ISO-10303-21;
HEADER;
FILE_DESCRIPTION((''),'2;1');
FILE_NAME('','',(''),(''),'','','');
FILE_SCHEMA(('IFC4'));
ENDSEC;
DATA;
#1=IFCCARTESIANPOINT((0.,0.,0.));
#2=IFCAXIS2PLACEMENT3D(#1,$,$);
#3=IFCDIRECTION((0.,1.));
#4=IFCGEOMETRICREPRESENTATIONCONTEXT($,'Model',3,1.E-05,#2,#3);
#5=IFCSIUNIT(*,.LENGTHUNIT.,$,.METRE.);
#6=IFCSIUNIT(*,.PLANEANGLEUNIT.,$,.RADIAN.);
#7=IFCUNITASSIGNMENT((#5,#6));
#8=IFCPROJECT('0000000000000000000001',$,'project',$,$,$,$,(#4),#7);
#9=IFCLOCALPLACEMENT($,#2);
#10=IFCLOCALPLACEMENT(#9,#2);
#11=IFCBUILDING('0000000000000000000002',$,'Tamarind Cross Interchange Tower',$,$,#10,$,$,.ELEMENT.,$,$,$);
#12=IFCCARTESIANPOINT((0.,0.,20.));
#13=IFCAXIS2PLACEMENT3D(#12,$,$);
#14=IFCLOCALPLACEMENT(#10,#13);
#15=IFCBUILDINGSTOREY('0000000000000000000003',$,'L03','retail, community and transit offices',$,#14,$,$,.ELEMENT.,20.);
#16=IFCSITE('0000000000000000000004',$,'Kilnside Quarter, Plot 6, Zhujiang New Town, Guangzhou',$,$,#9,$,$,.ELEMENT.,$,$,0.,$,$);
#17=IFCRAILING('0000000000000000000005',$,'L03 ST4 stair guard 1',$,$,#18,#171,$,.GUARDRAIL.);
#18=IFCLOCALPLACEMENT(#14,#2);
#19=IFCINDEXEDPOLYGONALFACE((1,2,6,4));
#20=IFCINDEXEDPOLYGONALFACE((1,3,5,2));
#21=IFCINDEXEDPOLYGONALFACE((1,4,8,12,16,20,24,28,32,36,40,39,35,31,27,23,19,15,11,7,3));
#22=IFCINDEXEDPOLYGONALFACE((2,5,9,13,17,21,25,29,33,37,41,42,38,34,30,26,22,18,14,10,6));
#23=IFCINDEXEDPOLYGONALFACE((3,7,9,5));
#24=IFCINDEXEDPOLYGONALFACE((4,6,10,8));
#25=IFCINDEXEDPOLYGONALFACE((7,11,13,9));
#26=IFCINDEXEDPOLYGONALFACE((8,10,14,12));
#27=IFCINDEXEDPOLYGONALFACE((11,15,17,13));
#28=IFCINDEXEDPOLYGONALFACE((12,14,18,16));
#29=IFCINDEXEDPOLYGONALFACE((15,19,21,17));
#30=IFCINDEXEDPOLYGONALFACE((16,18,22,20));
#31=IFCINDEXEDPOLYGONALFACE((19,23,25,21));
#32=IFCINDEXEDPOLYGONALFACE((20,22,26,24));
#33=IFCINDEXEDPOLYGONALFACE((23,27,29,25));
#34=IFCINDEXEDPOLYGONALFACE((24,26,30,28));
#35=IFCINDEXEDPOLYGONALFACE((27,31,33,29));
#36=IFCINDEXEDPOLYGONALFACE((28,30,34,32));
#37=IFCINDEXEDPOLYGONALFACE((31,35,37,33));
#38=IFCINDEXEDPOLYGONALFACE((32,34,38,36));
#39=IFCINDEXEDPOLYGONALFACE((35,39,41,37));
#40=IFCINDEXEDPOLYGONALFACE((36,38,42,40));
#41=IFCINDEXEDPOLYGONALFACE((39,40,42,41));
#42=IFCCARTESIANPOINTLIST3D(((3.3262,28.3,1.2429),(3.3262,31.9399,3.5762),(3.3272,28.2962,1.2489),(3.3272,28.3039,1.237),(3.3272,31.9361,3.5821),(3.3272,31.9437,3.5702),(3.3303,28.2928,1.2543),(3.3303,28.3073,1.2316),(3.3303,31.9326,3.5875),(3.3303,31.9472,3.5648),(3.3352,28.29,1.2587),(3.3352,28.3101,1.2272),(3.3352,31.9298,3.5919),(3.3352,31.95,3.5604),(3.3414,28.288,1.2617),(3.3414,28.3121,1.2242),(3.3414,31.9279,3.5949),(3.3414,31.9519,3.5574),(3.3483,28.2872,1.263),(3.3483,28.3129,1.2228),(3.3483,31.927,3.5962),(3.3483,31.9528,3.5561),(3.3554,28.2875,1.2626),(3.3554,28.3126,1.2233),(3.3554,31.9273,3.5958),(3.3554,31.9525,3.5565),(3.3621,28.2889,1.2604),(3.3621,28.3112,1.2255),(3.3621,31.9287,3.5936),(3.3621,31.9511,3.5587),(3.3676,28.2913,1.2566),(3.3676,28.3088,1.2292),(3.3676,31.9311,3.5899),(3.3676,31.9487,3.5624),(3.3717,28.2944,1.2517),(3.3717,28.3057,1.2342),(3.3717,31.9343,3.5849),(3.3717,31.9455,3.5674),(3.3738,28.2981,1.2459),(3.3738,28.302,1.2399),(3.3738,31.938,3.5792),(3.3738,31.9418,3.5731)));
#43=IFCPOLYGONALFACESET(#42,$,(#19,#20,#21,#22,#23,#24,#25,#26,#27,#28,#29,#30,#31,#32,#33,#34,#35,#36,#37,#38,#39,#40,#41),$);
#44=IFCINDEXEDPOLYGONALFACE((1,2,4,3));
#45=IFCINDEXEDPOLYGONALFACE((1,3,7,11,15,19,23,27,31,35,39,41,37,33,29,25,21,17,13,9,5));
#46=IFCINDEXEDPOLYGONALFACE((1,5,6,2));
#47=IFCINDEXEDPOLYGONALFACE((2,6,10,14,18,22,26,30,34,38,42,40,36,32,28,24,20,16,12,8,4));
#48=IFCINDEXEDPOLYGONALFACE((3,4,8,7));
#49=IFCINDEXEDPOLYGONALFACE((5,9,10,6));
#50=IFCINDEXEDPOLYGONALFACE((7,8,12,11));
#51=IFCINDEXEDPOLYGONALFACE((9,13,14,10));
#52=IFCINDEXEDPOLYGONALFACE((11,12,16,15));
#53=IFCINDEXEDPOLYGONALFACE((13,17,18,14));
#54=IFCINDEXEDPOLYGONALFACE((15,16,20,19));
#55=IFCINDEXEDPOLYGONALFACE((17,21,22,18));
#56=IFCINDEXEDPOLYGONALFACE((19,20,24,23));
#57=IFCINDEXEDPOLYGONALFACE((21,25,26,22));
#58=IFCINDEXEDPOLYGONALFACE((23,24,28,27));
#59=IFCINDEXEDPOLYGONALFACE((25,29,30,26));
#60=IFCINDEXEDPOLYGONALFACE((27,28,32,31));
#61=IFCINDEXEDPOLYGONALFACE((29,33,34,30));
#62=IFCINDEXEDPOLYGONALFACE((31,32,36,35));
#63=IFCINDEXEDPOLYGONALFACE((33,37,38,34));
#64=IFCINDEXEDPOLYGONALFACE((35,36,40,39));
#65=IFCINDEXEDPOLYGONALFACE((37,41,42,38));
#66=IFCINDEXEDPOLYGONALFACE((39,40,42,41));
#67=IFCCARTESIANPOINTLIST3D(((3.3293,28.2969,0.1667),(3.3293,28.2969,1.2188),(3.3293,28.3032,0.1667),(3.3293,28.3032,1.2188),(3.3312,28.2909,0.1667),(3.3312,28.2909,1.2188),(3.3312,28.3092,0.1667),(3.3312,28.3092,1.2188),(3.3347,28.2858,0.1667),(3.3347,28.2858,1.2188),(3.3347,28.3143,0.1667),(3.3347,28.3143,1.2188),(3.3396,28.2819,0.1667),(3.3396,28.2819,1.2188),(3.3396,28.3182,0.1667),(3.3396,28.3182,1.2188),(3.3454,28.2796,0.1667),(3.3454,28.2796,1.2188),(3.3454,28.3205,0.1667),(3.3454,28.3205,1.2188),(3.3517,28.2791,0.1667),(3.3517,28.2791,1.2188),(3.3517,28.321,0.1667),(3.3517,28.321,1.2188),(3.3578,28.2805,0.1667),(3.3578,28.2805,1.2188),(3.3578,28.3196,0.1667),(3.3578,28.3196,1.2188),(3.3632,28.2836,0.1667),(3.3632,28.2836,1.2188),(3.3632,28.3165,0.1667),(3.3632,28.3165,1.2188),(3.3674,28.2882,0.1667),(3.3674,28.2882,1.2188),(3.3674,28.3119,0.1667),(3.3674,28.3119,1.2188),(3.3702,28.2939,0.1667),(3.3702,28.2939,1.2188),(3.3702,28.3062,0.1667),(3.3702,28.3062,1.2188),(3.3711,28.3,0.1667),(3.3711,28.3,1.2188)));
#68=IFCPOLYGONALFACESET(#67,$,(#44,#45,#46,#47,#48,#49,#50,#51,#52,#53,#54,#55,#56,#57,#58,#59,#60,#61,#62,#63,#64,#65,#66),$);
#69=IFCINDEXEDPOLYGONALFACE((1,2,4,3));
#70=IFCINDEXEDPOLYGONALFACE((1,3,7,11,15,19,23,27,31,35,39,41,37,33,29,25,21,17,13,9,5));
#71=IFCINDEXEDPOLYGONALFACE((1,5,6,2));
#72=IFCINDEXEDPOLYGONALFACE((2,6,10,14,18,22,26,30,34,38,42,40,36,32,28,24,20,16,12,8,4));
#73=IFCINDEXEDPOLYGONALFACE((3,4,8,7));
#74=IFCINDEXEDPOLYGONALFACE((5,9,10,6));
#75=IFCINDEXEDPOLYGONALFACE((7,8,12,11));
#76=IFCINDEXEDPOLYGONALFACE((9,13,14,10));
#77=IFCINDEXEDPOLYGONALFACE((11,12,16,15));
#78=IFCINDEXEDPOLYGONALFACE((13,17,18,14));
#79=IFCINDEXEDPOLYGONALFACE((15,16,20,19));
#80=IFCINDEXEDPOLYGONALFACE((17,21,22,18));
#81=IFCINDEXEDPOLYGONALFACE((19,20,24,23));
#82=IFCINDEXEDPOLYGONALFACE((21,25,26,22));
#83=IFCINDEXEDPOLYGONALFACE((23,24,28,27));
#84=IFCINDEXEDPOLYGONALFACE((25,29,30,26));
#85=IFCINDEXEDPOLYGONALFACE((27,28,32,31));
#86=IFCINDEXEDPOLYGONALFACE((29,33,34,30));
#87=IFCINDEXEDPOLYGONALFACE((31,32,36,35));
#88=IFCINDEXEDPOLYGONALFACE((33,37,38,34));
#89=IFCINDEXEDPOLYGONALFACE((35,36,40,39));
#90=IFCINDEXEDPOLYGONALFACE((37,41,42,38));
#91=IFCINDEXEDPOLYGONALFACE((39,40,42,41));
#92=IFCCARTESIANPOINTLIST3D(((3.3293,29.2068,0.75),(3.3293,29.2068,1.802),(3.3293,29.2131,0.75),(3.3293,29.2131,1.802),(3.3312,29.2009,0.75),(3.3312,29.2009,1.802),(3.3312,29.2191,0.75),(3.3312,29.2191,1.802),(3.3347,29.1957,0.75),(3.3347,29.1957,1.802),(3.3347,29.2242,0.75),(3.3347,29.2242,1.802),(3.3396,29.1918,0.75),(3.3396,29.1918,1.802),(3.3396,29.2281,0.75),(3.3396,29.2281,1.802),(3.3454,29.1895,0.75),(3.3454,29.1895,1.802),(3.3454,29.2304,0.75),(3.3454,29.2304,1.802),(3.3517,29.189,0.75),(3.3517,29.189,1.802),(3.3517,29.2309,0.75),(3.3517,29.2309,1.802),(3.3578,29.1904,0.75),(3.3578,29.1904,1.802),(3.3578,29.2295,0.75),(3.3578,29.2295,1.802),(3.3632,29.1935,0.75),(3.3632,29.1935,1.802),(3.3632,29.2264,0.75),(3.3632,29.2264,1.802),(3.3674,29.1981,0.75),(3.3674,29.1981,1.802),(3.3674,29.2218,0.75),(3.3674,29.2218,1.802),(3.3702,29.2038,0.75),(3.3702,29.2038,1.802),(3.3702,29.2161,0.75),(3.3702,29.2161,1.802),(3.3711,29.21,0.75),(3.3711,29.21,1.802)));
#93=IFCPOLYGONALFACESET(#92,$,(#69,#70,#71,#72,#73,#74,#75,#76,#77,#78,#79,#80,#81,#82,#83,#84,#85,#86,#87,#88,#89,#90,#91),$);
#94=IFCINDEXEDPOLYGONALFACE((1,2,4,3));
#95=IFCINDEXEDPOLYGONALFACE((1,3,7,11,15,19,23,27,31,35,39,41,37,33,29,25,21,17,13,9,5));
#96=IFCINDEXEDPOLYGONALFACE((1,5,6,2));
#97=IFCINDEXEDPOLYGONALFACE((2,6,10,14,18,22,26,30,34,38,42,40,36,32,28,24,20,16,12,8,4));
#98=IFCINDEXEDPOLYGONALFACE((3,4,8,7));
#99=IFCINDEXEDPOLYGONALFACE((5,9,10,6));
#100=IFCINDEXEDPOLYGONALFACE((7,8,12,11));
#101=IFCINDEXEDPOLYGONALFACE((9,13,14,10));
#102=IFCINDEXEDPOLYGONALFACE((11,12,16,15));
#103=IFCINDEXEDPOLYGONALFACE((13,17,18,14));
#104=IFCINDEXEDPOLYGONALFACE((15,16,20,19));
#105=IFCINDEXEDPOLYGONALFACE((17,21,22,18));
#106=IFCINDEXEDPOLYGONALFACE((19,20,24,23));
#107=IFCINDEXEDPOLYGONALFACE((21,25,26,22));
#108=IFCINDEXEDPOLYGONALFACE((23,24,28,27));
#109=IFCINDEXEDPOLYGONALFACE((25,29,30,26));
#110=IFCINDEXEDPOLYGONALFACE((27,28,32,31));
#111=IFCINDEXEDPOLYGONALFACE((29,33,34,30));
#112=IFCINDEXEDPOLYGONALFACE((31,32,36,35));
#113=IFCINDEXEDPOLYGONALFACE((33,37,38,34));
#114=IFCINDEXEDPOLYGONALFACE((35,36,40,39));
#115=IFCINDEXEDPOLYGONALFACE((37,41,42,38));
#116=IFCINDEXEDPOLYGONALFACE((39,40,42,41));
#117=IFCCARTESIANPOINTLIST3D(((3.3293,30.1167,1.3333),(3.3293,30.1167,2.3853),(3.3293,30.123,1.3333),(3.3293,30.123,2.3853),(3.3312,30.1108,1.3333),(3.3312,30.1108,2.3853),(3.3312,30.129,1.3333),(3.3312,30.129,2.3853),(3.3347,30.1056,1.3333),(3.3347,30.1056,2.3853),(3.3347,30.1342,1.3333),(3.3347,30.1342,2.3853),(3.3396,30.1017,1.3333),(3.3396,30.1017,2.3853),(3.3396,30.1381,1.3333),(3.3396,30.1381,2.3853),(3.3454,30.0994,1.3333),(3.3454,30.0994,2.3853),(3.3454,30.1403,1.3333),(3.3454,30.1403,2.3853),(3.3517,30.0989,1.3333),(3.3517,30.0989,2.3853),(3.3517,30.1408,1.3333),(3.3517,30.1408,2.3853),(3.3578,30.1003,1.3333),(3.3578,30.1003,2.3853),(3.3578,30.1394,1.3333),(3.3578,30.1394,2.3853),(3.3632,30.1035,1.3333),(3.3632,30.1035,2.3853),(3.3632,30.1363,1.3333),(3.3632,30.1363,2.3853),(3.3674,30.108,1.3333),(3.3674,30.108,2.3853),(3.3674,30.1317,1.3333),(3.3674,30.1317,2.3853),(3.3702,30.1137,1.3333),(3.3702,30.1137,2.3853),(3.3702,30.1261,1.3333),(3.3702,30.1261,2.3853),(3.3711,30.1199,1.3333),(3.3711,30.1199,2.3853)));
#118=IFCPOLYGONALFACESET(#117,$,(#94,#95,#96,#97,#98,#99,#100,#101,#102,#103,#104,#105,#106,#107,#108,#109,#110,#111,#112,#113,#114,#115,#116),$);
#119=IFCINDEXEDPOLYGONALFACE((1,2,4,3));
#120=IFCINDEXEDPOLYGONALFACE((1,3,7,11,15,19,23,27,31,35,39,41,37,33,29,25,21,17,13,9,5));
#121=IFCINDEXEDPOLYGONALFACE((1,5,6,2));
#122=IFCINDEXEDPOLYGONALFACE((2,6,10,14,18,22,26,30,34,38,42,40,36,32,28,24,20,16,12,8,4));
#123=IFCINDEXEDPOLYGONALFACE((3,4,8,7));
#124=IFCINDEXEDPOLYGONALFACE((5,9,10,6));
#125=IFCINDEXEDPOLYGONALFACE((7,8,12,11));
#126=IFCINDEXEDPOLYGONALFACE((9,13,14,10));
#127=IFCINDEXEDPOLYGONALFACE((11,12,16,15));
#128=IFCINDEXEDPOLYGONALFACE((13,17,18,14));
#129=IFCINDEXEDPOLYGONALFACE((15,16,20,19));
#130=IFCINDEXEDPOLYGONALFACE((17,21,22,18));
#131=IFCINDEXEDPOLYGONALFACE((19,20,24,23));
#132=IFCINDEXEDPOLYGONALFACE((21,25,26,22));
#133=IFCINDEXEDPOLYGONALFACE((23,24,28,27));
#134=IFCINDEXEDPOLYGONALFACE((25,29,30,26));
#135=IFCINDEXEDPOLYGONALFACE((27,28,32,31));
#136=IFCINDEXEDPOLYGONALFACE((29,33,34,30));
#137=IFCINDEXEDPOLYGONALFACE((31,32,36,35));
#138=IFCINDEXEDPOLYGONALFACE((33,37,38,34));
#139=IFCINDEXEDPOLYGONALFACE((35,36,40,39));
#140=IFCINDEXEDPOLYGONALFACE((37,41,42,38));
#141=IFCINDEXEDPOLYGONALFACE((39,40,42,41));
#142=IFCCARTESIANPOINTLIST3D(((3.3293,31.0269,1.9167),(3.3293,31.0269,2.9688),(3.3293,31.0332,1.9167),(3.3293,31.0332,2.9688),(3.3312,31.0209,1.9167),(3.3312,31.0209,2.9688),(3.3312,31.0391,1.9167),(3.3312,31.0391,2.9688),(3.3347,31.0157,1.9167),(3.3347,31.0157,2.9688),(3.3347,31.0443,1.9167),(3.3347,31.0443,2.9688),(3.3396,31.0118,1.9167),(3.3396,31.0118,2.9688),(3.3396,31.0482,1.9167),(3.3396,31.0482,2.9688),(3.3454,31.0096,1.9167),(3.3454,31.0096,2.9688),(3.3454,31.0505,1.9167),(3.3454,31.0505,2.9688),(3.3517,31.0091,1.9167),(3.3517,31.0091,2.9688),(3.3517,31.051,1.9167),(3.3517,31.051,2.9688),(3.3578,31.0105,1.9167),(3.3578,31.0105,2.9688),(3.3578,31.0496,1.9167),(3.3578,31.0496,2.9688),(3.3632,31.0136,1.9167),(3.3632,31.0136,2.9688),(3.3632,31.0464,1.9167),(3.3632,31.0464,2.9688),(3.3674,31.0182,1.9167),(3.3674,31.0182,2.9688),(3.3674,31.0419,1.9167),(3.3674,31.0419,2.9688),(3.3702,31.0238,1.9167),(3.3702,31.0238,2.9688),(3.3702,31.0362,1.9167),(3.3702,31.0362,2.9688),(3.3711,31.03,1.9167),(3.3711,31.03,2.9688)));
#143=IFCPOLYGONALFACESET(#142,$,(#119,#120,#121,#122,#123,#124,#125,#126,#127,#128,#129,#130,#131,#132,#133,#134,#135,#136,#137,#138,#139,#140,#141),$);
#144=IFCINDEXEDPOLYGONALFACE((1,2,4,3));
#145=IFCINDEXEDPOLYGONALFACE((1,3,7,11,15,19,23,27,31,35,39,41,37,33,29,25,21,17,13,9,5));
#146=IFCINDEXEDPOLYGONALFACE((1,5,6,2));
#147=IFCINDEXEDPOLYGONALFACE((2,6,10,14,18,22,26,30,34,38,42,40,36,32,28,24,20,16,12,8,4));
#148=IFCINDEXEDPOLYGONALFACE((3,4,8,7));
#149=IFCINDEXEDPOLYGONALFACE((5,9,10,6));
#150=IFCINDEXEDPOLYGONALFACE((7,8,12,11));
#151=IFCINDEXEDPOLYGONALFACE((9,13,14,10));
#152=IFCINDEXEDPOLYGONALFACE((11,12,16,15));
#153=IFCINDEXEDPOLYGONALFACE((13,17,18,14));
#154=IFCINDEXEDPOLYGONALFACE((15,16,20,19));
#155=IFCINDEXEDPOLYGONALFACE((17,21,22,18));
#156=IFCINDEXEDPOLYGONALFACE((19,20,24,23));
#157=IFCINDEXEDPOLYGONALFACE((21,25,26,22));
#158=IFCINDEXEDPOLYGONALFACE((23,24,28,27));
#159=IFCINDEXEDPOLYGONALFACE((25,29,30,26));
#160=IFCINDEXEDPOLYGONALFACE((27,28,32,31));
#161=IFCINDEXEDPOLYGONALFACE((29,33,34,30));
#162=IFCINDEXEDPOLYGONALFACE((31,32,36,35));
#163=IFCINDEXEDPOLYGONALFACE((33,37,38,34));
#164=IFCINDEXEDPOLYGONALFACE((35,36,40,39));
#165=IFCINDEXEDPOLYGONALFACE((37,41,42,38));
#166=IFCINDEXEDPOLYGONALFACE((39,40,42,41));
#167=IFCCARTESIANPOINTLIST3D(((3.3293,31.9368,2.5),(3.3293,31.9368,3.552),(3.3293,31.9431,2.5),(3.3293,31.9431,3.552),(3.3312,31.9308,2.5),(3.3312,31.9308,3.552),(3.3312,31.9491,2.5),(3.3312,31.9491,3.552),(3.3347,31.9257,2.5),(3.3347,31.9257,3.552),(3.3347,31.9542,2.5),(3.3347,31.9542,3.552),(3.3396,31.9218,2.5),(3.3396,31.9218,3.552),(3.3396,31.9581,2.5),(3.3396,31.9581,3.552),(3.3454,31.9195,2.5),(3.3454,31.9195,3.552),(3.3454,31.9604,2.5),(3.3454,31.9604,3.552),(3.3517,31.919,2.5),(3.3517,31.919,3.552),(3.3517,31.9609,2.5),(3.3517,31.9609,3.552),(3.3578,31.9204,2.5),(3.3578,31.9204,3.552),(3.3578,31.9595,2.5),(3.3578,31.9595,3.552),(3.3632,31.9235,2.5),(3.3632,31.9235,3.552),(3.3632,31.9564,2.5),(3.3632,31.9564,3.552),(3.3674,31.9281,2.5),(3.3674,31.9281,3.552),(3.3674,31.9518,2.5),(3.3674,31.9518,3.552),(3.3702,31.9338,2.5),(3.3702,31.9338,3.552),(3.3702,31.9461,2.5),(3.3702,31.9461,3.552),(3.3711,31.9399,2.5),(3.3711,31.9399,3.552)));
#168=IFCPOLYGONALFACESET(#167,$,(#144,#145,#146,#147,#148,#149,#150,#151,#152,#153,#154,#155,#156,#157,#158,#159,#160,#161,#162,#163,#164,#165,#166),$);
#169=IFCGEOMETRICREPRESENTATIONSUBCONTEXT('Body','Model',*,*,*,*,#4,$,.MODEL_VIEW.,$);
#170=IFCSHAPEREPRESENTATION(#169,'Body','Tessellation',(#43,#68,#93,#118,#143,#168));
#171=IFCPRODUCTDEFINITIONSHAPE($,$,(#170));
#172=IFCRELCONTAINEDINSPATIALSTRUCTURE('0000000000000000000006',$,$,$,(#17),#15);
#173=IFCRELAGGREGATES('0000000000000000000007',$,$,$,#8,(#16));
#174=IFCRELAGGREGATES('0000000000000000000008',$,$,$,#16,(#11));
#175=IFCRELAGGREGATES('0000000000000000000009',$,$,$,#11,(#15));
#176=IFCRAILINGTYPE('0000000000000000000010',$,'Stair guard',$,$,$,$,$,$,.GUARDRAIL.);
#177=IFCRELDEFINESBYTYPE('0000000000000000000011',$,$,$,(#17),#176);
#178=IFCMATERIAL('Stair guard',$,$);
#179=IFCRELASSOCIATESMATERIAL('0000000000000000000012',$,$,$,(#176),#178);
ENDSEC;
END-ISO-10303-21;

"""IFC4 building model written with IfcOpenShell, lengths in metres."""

from ifc_helpers import new_model, si_unit, direction, frame, origin, origin_2d, place, context, subcontext, project, spatial, circle, extrude, material, type_object, element, save


model = new_model("IFC4")

# Units and contexts
model_context = context("Model", 3, precision=1e-05, world=origin(), true_north=direction((0.0, 1.0)))
body_context = subcontext(model_context, "Body", "Model", "MODEL_VIEW")
ifc_project = project(units=[si_unit("LENGTHUNIT", "METRE"), si_unit("PLANEANGLEUNIT", "RADIAN")], contexts=[model_context])

# Site, building, storey
site_placement = place(None, origin())
site = spatial("IfcSite", under=ifc_project, at=site_placement, Name="Kilnside Quarter, Plot 6, Zhujiang New Town, Guangzhou", CompositionType="ELEMENT", RefElevation=0.0)
building_placement = place(site_placement, origin())
building = spatial("IfcBuilding", under=site, at=building_placement, Name="Tamarind Cross Interchange Tower", CompositionType="ELEMENT")
storey_placement = place(building_placement, frame((0.0, 0.0, 20.0)))
storey = spatial("IfcBuildingStorey", under=building, at=storey_placement, Name="L03", Description="retail, community and transit offices", CompositionType="ELEMENT", Elevation=20.0)

# Railing
ifc_material_1 = material(Name="Stair guard")
railing_type_1 = type_object("IfcRailingType", Name="Stair guard", PredefinedType="GUARDRAIL", material=ifc_material_1)
railing_1_placement = place(storey_placement, frame((3.3501, 28.3, 0.1667)))
element("IfcRailing", 1, at=railing_1_placement, inside=storey, type_object=railing_type_1, Name="L03 ST4 stair guard 1", PredefinedType="GUARDRAIL", context=body_context, shape_type="SweptSolid", body=[
    extrude(circle(Radius=0.0239, at=origin_2d()), frame((0.0, 0.0, 1.0762), z_axis=(0.0, 0.84188, 0.539664), x_axis=(-1.0, 0.0, 0.0)), (0.0, 0.0, 1.0), 4.3235),
    extrude(circle(Radius=0.021, at=origin_2d()), origin(), (0.0, 0.0, 1.0), 1.052),
    extrude(circle(Radius=0.021, at=origin_2d()), frame((0.0, 0.9099, 0.5833)), (0.0, 0.0, 1.0), 1.052),
    extrude(circle(Radius=0.021, at=origin_2d()), frame((0.0, 1.8198, 1.1665)), (0.0, 0.0, 1.0), 1.052),
    extrude(circle(Radius=0.021, at=origin_2d()), frame((0.0, 2.73, 1.75)), (0.0, 0.0, 1.0), 1.052),
    extrude(circle(Radius=0.021, at=origin_2d()), frame((0.0, 3.6399, 2.3333)), (0.0, 0.0, 1.0), 1.052),
])

save(model, "model.ifc")
